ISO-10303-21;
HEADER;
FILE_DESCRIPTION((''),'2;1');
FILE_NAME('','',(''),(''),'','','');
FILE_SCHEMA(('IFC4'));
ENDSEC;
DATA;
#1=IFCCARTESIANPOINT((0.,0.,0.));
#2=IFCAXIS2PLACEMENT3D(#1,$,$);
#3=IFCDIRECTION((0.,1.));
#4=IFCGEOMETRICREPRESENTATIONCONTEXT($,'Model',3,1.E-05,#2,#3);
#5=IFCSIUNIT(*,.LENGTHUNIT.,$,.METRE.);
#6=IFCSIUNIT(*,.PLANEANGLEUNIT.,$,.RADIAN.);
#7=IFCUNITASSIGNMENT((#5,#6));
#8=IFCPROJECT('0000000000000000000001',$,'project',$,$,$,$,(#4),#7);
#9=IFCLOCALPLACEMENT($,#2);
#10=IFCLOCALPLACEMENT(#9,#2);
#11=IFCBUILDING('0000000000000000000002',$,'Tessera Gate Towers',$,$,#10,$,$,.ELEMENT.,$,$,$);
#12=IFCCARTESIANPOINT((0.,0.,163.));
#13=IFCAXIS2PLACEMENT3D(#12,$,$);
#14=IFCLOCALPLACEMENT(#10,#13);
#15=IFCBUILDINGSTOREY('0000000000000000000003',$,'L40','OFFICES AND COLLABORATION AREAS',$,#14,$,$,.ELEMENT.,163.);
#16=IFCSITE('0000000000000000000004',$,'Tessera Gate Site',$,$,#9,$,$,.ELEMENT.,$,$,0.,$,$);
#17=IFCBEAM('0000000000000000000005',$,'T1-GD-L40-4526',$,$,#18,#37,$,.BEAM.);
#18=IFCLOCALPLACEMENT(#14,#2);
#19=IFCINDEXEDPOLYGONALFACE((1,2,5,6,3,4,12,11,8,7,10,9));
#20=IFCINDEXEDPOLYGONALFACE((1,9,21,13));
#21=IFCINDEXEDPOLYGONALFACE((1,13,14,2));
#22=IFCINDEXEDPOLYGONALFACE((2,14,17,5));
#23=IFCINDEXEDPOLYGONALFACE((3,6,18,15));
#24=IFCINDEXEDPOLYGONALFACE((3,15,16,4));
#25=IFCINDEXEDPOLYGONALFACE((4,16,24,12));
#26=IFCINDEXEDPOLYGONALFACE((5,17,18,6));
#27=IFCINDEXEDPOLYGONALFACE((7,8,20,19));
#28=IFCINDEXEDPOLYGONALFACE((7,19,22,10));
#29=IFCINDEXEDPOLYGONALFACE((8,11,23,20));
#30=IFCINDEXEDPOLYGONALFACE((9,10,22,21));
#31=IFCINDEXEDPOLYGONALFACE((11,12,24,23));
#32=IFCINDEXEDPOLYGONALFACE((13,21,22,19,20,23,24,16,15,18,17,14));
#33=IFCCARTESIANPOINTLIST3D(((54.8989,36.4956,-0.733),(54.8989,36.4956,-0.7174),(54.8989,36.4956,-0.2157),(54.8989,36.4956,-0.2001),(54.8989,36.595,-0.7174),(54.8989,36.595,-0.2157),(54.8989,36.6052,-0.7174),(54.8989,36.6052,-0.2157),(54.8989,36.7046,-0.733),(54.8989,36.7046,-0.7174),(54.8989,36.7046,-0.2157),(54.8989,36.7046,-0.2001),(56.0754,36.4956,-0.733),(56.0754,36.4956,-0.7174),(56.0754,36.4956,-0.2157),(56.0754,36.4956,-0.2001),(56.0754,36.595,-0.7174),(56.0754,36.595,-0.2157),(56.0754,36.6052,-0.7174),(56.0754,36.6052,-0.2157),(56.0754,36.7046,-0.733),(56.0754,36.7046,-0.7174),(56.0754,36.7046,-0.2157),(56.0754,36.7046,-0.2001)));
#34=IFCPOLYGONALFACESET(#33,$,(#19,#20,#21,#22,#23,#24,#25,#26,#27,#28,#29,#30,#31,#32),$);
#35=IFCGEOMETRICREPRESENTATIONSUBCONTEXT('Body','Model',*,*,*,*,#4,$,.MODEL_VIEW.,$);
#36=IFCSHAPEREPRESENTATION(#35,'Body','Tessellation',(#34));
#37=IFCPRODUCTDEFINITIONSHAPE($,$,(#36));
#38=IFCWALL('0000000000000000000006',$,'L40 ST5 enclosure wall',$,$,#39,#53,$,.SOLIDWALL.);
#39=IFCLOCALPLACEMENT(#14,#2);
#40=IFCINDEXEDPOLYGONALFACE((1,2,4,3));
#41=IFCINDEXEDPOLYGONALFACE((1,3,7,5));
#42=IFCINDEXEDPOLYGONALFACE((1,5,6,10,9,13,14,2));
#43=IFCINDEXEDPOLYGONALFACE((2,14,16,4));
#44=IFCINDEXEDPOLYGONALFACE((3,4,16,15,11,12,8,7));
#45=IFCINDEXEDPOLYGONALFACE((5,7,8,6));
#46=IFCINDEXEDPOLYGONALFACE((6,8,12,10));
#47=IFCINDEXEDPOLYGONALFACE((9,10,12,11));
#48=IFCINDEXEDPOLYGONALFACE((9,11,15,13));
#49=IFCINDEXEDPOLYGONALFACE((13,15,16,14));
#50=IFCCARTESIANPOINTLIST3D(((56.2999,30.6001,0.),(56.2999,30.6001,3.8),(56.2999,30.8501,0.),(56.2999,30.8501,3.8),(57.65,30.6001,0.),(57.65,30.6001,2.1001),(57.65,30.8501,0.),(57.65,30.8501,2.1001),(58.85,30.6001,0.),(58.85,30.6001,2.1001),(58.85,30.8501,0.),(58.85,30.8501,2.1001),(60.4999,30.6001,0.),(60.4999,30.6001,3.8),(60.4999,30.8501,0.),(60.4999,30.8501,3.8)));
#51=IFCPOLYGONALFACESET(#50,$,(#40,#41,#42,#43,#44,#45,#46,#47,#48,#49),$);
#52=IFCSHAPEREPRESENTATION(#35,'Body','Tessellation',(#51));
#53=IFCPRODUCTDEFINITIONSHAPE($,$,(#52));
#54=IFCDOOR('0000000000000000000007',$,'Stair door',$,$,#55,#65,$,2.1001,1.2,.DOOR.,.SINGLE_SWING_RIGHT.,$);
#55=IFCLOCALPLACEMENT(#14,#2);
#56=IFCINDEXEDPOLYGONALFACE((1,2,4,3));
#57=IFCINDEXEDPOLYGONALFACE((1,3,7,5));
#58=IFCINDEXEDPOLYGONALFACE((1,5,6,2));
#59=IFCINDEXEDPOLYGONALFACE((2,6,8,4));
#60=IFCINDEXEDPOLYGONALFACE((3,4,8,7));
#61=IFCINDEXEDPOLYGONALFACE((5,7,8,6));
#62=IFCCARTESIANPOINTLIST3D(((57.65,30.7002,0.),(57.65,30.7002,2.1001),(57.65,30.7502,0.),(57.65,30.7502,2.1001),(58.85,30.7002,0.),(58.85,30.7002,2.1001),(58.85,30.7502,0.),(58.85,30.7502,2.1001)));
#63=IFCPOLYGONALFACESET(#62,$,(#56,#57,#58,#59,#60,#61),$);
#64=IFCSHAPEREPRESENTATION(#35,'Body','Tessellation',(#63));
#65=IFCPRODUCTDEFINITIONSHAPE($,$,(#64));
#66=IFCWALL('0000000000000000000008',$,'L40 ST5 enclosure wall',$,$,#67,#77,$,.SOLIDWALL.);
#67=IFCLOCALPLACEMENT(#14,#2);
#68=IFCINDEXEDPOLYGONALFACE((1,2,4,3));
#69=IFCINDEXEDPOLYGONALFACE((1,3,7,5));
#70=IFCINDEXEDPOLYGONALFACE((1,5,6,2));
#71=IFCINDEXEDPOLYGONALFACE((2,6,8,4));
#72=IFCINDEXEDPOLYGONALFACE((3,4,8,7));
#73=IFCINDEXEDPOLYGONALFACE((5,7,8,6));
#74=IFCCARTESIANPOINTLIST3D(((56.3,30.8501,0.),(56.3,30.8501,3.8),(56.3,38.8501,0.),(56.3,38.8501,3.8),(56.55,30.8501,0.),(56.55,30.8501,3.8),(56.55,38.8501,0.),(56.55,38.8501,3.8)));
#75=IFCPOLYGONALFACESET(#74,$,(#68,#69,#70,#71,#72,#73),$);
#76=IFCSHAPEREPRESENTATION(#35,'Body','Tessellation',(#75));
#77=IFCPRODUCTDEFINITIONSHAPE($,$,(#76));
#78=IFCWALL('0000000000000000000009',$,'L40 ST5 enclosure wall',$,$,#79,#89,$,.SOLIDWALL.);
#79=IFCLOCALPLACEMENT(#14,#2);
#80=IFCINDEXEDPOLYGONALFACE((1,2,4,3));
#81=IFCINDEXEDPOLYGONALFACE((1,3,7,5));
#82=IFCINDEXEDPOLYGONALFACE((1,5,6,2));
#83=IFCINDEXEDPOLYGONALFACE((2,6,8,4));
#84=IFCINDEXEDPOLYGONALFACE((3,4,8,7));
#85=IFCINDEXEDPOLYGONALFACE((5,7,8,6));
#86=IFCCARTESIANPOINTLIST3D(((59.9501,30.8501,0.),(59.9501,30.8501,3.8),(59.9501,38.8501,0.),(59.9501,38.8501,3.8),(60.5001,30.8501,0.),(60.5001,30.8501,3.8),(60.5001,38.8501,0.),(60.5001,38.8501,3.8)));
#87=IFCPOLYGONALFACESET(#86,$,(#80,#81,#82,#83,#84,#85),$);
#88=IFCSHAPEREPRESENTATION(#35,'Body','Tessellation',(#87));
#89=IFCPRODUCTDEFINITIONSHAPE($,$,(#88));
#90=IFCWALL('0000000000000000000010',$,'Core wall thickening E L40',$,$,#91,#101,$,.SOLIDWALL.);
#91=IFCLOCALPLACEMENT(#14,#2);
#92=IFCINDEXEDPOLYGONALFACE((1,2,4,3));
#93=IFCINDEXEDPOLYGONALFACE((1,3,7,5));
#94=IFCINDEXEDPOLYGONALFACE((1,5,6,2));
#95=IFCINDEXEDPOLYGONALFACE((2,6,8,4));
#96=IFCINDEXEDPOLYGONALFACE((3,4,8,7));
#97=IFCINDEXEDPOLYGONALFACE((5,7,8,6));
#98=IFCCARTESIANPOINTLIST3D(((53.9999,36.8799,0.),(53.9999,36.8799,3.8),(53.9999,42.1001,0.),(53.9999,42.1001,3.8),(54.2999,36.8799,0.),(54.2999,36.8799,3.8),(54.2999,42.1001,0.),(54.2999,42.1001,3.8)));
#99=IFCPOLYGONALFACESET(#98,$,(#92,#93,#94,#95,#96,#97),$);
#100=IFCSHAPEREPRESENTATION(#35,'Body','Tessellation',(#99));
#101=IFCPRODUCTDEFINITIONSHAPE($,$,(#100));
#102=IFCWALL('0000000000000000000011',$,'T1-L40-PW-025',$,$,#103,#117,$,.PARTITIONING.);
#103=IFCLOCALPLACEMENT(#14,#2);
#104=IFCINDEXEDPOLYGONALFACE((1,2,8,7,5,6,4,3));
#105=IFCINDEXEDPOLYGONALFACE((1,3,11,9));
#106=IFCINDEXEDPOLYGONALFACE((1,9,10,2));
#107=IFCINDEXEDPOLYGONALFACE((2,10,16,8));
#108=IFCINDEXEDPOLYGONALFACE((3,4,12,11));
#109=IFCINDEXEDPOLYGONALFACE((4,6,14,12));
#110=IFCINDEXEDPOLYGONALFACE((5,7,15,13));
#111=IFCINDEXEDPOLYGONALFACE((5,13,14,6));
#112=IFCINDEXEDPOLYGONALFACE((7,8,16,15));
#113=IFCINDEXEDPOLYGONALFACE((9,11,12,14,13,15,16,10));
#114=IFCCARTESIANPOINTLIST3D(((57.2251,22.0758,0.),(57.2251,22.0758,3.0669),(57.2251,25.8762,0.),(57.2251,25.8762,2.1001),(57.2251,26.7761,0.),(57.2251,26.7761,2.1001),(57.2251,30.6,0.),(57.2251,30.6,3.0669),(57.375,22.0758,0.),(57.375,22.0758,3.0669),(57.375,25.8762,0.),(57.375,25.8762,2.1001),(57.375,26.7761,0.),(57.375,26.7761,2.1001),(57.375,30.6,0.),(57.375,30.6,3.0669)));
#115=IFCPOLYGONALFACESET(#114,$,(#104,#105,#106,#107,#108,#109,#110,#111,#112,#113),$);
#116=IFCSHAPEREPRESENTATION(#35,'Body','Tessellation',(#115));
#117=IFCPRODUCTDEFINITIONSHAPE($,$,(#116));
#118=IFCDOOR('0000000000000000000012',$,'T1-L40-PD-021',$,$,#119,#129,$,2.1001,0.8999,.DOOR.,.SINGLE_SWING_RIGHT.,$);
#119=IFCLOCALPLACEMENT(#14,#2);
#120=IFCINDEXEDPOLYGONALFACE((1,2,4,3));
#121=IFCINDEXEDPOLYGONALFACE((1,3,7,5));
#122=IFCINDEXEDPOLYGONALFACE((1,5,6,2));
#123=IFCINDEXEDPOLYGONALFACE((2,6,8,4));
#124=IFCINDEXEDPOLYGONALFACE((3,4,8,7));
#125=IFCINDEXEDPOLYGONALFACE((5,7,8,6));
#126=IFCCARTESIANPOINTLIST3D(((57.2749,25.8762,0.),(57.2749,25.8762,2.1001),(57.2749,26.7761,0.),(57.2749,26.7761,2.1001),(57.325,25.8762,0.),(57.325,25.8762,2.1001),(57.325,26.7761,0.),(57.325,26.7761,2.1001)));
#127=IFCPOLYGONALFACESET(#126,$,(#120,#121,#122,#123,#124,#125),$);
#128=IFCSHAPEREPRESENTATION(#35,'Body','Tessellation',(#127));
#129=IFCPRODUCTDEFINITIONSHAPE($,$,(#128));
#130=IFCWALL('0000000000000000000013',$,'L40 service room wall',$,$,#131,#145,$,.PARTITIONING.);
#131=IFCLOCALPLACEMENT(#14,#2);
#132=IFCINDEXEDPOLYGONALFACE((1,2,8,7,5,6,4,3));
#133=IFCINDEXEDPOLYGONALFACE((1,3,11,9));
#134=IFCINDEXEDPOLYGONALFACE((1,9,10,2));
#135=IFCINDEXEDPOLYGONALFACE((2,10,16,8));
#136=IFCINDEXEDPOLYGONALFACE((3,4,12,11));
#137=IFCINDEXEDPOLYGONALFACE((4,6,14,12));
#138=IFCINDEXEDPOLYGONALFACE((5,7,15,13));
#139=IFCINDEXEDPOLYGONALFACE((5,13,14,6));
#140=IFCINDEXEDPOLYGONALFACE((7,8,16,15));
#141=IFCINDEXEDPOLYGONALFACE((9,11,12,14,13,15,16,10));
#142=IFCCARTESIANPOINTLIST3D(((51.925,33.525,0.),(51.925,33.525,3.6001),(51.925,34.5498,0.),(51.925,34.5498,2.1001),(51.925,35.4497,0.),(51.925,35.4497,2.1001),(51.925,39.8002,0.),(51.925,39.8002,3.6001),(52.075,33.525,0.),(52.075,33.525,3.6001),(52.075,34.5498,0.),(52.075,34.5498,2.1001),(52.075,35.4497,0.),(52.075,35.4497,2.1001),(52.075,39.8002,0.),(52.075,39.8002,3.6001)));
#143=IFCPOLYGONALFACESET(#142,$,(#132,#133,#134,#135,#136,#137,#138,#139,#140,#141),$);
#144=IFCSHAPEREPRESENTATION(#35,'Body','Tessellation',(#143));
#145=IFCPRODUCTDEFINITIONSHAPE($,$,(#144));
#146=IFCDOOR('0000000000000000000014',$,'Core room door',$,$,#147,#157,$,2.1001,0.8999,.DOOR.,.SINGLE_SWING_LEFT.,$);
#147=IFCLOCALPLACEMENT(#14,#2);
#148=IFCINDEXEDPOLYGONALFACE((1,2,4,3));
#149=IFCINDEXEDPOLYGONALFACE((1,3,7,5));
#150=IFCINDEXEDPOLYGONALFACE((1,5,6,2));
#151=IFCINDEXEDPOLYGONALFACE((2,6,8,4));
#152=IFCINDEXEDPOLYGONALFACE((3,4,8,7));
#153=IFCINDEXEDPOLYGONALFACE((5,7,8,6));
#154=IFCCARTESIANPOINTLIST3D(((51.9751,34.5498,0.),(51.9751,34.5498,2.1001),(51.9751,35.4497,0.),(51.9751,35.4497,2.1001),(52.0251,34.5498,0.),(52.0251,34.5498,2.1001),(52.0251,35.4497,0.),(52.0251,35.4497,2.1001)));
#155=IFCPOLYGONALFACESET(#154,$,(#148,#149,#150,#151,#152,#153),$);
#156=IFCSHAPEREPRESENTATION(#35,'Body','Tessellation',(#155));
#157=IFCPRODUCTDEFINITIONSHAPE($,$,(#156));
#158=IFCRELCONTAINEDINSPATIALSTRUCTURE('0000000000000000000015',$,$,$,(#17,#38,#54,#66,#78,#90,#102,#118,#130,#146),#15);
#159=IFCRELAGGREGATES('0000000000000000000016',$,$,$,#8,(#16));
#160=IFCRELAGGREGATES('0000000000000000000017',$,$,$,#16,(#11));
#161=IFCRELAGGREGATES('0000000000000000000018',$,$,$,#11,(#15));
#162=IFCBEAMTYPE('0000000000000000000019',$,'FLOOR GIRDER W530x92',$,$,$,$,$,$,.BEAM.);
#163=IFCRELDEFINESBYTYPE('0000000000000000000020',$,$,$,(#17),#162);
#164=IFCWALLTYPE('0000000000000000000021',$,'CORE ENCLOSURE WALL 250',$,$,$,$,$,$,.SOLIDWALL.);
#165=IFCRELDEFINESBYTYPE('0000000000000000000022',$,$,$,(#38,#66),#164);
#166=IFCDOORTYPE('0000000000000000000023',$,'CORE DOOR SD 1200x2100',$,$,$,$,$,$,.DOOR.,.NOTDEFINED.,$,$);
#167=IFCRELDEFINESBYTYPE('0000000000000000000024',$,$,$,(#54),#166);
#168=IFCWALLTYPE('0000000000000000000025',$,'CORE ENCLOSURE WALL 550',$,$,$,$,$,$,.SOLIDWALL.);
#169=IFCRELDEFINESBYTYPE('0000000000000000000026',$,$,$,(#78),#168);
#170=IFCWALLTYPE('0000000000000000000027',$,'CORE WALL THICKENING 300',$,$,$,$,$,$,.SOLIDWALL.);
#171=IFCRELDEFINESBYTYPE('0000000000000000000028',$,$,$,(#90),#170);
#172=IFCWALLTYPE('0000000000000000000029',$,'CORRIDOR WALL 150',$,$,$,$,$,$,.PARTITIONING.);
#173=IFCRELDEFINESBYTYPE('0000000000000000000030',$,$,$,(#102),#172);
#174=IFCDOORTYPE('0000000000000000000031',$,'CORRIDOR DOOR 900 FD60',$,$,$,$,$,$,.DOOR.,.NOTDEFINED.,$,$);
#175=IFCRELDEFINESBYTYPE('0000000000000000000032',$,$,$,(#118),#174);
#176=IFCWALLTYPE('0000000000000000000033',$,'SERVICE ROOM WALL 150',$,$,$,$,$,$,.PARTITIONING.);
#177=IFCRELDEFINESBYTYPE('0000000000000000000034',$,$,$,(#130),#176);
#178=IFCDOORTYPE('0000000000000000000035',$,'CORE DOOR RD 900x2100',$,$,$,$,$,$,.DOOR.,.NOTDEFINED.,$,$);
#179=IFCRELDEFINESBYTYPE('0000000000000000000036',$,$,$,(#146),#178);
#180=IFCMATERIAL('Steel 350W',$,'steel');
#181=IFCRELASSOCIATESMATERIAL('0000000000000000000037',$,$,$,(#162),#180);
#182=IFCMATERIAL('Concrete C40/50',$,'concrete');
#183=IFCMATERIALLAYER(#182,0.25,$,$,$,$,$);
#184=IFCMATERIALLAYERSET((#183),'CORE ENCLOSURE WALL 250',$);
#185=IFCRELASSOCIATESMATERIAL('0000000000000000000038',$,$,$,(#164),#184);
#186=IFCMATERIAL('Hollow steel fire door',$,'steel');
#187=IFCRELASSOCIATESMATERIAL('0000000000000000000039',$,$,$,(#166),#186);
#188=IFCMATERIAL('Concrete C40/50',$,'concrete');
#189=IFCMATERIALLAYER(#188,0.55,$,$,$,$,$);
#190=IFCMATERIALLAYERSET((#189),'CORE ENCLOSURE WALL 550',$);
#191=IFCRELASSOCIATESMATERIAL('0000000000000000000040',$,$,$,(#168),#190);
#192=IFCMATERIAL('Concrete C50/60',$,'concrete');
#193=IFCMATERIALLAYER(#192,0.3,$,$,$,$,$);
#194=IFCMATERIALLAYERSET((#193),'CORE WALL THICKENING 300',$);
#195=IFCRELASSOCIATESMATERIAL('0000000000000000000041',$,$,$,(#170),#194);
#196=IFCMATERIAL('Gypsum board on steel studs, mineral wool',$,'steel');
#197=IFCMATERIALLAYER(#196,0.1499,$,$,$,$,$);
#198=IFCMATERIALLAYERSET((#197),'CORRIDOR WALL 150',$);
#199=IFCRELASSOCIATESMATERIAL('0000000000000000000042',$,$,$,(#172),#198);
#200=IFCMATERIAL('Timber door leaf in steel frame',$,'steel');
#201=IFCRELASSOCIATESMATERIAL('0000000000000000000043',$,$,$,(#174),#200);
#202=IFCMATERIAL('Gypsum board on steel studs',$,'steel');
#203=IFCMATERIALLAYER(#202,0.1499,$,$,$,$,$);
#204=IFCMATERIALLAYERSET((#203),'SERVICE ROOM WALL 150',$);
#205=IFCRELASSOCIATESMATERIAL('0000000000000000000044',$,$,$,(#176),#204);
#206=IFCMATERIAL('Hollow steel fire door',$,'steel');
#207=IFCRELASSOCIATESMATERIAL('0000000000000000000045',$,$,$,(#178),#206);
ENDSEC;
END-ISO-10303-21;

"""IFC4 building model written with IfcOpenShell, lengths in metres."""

from ifc_helpers import new_model, si_unit, direction, frame, frame_2d, origin, origin_2d, place, context, subcontext, project, spatial, rectangle, i_section, extrude, source, transform, mapped, material, layer, layer_set, material_profile, profile_set, type_object, element, fill, save


model = new_model("IFC4")

# Units and contexts
model_context = context("Model", 3, precision=1e-05, world=origin(), true_north=direction((0.0, 1.0)))
body_context = subcontext(model_context, "Body", "Model", "MODEL_VIEW")
ifc_project = project(units=[si_unit("LENGTHUNIT", "METRE"), si_unit("PLANEANGLEUNIT", "RADIAN")], contexts=[model_context])

# Site, building, storey
site_placement = place(None, origin())
site = spatial("IfcSite", under=ifc_project, at=site_placement, Name="Tessera Gate Site", CompositionType="ELEMENT", RefElevation=0.0)
building_placement = place(site_placement, origin())
building = spatial("IfcBuilding", under=site, at=building_placement, Name="Tessera Gate Towers", CompositionType="ELEMENT")
storey_placement = place(building_placement, frame((0.0, 0.0, 163.0)))
storey = spatial("IfcBuildingStorey", under=building, at=storey_placement, Name="L40", Description="OFFICES AND COLLABORATION AREAS", CompositionType="ELEMENT", Elevation=163.0)

# Beam
ifc_material_1 = material(Name="Steel 350W", Category="steel")
ifc_material_profile = material_profile(ifc_material_1, i_section(OverallWidth=0.209, OverallDepth=0.533, WebThickness=0.0103, FlangeThickness=0.0156, at=origin_2d()), Name="W530x92")
ifc_profile_set = profile_set([ifc_material_profile], Name="Steel 350W")
beam_type = type_object("IfcBeamType", Name="FLOOR GIRDER W530x92", PredefinedType="BEAM", material=ifc_profile_set)
beam_placement = place(storey_placement, frame((54.8989, 36.6001, -0.4666), z_axis=(1.0, 0.0, 0.0), x_axis=(0.0, 1.0, 0.0)))
element("IfcBeam", 1, at=beam_placement, inside=storey, type_object=beam_type, Name="T1-GD-L40-4526", PredefinedType="BEAM", context=body_context, shape_type="SweptSolid", body=[
    extrude(i_section(OverallWidth=0.209, OverallDepth=0.533, WebThickness=0.0103, FlangeThickness=0.0156, at=origin_2d()), origin(), (0.0, 0.0, 1.0), 1.1765),
])

# Wall, opening, door
ifc_material_2 = material(Name="Concrete C40/50", Category="concrete")
ifc_layer_1 = layer(ifc_material_2, 0.25)
ifc_layer_set_1 = layer_set([ifc_layer_1], Name="CORE ENCLOSURE WALL 250")
wall_type_1 = type_object("IfcWallType", Name="CORE ENCLOSURE WALL 250", PredefinedType="SOLIDWALL", material=ifc_layer_set_1)
wall_1_placement = place(storey_placement, frame((60.5, 30.7251, 0.0), z_axis=(0.0, 0.0, 1.0), x_axis=(-1.0, 0.0, 0.0)))
wall_1 = element("IfcWall", 2, at=wall_1_placement, inside=storey, type_object=wall_type_1, Name="L40 ST5 enclosure wall", PredefinedType="SOLIDWALL", context=body_context, shape_type="SweptSolid", body=[
    extrude(rectangle(XDim=4.2, YDim=0.25, at=frame_2d((2.1001, 0.0))), origin(), (0.0, 0.0, 1.0), 3.8),
])
shared_shape_1 = source(origin(), body_context, "Body", "SweptSolid", [
    extrude(rectangle(XDim=1.2, YDim=2.1001, at=frame_2d((0.6001, 1.05))), frame((0.0, 0.135, 0.0), z_axis=(0.0, -1.0, 0.0), x_axis=(1.0, 0.0, 0.0)), (0.0, 0.0, 1.0), 0.27),
])
opening_1_placement = place(wall_1_placement, frame((1.6499, 0.0, 0.0)))
opening_1 = element("IfcOpeningElement", 3, at=opening_1_placement, cuts=wall_1, PredefinedType="OPENING", context=body_context, shape_type="MappedRepresentation", body=[
    mapped(shared_shape_1, transform((0.0, 0.0, 0.0), scale=1.0)),
])
ifc_material_3 = material(Name="Hollow steel fire door", Category="steel")
door_type_1 = type_object("IfcDoorType", Name="CORE DOOR SD 1200x2100", OperationType="NOTDEFINED", PredefinedType="DOOR", material=ifc_material_3)
shared_shape_2 = source(origin(), body_context, "Body", "SweptSolid", [
    extrude(rectangle(XDim=1.2, YDim=2.1001, at=frame_2d((0.6001, 1.05))), frame((0.0, 0.0249, 0.0), z_axis=(0.0, -1.0, 0.0), x_axis=(1.0, 0.0, 0.0)), (0.0, 0.0, 1.0), 0.05),
])
door_1_placement = place(opening_1_placement, origin())
door_1 = element("IfcDoor", 4, at=door_1_placement, inside=storey, type_object=door_type_1, Name="Stair door", OperationType="SINGLE_SWING_RIGHT", OverallHeight=2.1001, OverallWidth=1.2, PredefinedType="DOOR", context=body_context, shape_type="MappedRepresentation", body=[
    mapped(shared_shape_2, transform((0.0, 0.0, 0.0), scale=1.0)),
])
fill(opening_1, door_1)

# Walls
wall_2_placement = place(storey_placement, frame((56.425, 30.8501, 0.0), z_axis=(0.0, 0.0, 1.0), x_axis=(0.0, 1.0, 0.0)))
element("IfcWall", 5, at=wall_2_placement, inside=storey, type_object=wall_type_1, Name="L40 ST5 enclosure wall", PredefinedType="SOLIDWALL", context=body_context, shape_type="SweptSolid", body=[
    extrude(rectangle(XDim=8.0, YDim=0.25, at=frame_2d((4.0, 0.0))), origin(), (0.0, 0.0, 1.0), 3.8),
])
ifc_material_4 = material(Name="Concrete C40/50", Category="concrete")
ifc_layer_2 = layer(ifc_material_4, 0.55)
ifc_layer_set_2 = layer_set([ifc_layer_2], Name="CORE ENCLOSURE WALL 550")
wall_type_2 = type_object("IfcWallType", Name="CORE ENCLOSURE WALL 550", PredefinedType="SOLIDWALL", material=ifc_layer_set_2)
wall_3_placement = place(storey_placement, frame((60.2251, 38.8501, 0.0), z_axis=(0.0, 0.0, 1.0), x_axis=(0.0, -1.0, 0.0)))
element("IfcWall", 6, at=wall_3_placement, inside=storey, type_object=wall_type_2, Name="L40 ST5 enclosure wall", PredefinedType="SOLIDWALL", context=body_context, shape_type="SweptSolid", body=[
    extrude(rectangle(XDim=8.0, YDim=0.55, at=frame_2d((4.0, 0.0))), origin(), (0.0, 0.0, 1.0), 3.8),
])
ifc_material_5 = material(Name="Concrete C50/60", Category="concrete")
ifc_layer_3 = layer(ifc_material_5, 0.3)
ifc_layer_set_3 = layer_set([ifc_layer_3], Name="CORE WALL THICKENING 300")
wall_type_3 = type_object("IfcWallType", Name="CORE WALL THICKENING 300", PredefinedType="SOLIDWALL", material=ifc_layer_set_3)
wall_4_placement = place(storey_placement, frame((54.1499, 36.8799, 0.0), z_axis=(0.0, 0.0, 1.0), x_axis=(0.0, 1.0, 0.0)))
element("IfcWall", 7, at=wall_4_placement, inside=storey, type_object=wall_type_3, Name="Core wall thickening E L40", PredefinedType="SOLIDWALL", context=body_context, shape_type="SweptSolid", body=[
    extrude(rectangle(XDim=5.2202, YDim=0.3, at=frame_2d((2.6101, 0.0))), origin(), (0.0, 0.0, 1.0), 3.8),
])

# Walls, openings, doors
ifc_material_6 = material(Name="Gypsum board on steel studs, mineral wool", Category="steel")
ifc_layer_4 = layer(ifc_material_6, 0.1499)
ifc_layer_set_4 = layer_set([ifc_layer_4], Name="CORRIDOR WALL 150")
wall_type_4 = type_object("IfcWallType", Name="CORRIDOR WALL 150", PredefinedType="PARTITIONING", material=ifc_layer_set_4)
wall_5_placement = place(storey_placement, frame((57.3, 30.6001, 0.0), z_axis=(0.0, 0.0, 1.0), x_axis=(0.0, -1.0, 0.0)))
wall_5 = element("IfcWall", 8, at=wall_5_placement, inside=storey, type_object=wall_type_4, Name="T1-L40-PW-025", PredefinedType="PARTITIONING", context=body_context, shape_type="SweptSolid", body=[
    extrude(rectangle(XDim=8.5242, YDim=0.1499, at=frame_2d((4.2622, 0.0))), origin(), (0.0, 0.0, 1.0), 3.0669),
])
shared_shape_3 = source(origin(), body_context, "Body", "SweptSolid", [
    extrude(rectangle(XDim=0.8999, YDim=2.1001, at=frame_2d((0.45, 1.05))), frame((0.0, 0.085, 0.0), z_axis=(0.0, -1.0, 0.0), x_axis=(1.0, 0.0, 0.0)), (0.0, 0.0, 1.0), 0.1699),
])
opening_2_placement = place(wall_5_placement, frame((3.824, 0.0, 0.0)))
opening_2 = element("IfcOpeningElement", 9, at=opening_2_placement, cuts=wall_5, PredefinedType="OPENING", context=body_context, shape_type="MappedRepresentation", body=[
    mapped(shared_shape_3, transform((0.0, 0.0, 0.0), scale=1.0)),
])
ifc_material_7 = material(Name="Timber door leaf in steel frame", Category="steel")
door_type_2 = type_object("IfcDoorType", Name="CORRIDOR DOOR 900 FD60", OperationType="NOTDEFINED", PredefinedType="DOOR", material=ifc_material_7)
shared_shape_4 = source(origin(), body_context, "Body", "SweptSolid", [
    extrude(rectangle(XDim=0.8999, YDim=2.1001, at=frame_2d((0.45, 1.05))), frame((0.0, 0.0249, 0.0), z_axis=(0.0, -1.0, 0.0), x_axis=(1.0, 0.0, 0.0)), (0.0, 0.0, 1.0), 0.05),
])
door_2_placement = place(opening_2_placement, origin())
door_2 = element("IfcDoor", 10, at=door_2_placement, inside=storey, type_object=door_type_2, Name="T1-L40-PD-021", OperationType="SINGLE_SWING_RIGHT", OverallHeight=2.1001, OverallWidth=0.8999, PredefinedType="DOOR", context=body_context, shape_type="MappedRepresentation", body=[
    mapped(shared_shape_4, transform((0.0, 0.0, 0.0), scale=1.0)),
])
fill(opening_2, door_2)
ifc_material_8 = material(Name="Gypsum board on steel studs", Category="steel")
ifc_layer_5 = layer(ifc_material_8, 0.1499)
ifc_layer_set_5 = layer_set([ifc_layer_5], Name="SERVICE ROOM WALL 150")
wall_type_5 = type_object("IfcWallType", Name="SERVICE ROOM WALL 150", PredefinedType="PARTITIONING", material=ifc_layer_set_5)
wall_6_placement = place(storey_placement, frame((52.0, 33.5249, 0.0), z_axis=(0.0, 0.0, 1.0), x_axis=(0.0, 1.0, 0.0)))
wall_6 = element("IfcWall", 11, at=wall_6_placement, inside=storey, type_object=wall_type_5, Name="L40 service room wall", PredefinedType="PARTITIONING", context=body_context, shape_type="SweptSolid", body=[
    extrude(rectangle(XDim=6.2751, YDim=0.1499, at=frame_2d((3.1377, 0.0))), origin(), (0.0, 0.0, 1.0), 3.6001),
])
opening_3_placement = place(wall_6_placement, frame((1.0249, 0.0, 0.0)))
opening_3 = element("IfcOpeningElement", 12, at=opening_3_placement, cuts=wall_6, PredefinedType="OPENING", context=body_context, shape_type="MappedRepresentation", body=[
    mapped(shared_shape_3, transform((0.0, 0.0, 0.0), scale=1.0)),
])
ifc_material_9 = material(Name="Hollow steel fire door", Category="steel")
door_type_3 = type_object("IfcDoorType", Name="CORE DOOR RD 900x2100", OperationType="NOTDEFINED", PredefinedType="DOOR", material=ifc_material_9)
door_3_placement = place(opening_3_placement, origin())
door_3 = element("IfcDoor", 13, at=door_3_placement, inside=storey, type_object=door_type_3, Name="Core room door", OperationType="SINGLE_SWING_LEFT", OverallHeight=2.1001, OverallWidth=0.8999, PredefinedType="DOOR", context=body_context, shape_type="MappedRepresentation", body=[
    mapped(shared_shape_4, transform((0.0, 0.0, 0.0), scale=1.0)),
])
fill(opening_3, door_3)

save(model, "model.ifc")
